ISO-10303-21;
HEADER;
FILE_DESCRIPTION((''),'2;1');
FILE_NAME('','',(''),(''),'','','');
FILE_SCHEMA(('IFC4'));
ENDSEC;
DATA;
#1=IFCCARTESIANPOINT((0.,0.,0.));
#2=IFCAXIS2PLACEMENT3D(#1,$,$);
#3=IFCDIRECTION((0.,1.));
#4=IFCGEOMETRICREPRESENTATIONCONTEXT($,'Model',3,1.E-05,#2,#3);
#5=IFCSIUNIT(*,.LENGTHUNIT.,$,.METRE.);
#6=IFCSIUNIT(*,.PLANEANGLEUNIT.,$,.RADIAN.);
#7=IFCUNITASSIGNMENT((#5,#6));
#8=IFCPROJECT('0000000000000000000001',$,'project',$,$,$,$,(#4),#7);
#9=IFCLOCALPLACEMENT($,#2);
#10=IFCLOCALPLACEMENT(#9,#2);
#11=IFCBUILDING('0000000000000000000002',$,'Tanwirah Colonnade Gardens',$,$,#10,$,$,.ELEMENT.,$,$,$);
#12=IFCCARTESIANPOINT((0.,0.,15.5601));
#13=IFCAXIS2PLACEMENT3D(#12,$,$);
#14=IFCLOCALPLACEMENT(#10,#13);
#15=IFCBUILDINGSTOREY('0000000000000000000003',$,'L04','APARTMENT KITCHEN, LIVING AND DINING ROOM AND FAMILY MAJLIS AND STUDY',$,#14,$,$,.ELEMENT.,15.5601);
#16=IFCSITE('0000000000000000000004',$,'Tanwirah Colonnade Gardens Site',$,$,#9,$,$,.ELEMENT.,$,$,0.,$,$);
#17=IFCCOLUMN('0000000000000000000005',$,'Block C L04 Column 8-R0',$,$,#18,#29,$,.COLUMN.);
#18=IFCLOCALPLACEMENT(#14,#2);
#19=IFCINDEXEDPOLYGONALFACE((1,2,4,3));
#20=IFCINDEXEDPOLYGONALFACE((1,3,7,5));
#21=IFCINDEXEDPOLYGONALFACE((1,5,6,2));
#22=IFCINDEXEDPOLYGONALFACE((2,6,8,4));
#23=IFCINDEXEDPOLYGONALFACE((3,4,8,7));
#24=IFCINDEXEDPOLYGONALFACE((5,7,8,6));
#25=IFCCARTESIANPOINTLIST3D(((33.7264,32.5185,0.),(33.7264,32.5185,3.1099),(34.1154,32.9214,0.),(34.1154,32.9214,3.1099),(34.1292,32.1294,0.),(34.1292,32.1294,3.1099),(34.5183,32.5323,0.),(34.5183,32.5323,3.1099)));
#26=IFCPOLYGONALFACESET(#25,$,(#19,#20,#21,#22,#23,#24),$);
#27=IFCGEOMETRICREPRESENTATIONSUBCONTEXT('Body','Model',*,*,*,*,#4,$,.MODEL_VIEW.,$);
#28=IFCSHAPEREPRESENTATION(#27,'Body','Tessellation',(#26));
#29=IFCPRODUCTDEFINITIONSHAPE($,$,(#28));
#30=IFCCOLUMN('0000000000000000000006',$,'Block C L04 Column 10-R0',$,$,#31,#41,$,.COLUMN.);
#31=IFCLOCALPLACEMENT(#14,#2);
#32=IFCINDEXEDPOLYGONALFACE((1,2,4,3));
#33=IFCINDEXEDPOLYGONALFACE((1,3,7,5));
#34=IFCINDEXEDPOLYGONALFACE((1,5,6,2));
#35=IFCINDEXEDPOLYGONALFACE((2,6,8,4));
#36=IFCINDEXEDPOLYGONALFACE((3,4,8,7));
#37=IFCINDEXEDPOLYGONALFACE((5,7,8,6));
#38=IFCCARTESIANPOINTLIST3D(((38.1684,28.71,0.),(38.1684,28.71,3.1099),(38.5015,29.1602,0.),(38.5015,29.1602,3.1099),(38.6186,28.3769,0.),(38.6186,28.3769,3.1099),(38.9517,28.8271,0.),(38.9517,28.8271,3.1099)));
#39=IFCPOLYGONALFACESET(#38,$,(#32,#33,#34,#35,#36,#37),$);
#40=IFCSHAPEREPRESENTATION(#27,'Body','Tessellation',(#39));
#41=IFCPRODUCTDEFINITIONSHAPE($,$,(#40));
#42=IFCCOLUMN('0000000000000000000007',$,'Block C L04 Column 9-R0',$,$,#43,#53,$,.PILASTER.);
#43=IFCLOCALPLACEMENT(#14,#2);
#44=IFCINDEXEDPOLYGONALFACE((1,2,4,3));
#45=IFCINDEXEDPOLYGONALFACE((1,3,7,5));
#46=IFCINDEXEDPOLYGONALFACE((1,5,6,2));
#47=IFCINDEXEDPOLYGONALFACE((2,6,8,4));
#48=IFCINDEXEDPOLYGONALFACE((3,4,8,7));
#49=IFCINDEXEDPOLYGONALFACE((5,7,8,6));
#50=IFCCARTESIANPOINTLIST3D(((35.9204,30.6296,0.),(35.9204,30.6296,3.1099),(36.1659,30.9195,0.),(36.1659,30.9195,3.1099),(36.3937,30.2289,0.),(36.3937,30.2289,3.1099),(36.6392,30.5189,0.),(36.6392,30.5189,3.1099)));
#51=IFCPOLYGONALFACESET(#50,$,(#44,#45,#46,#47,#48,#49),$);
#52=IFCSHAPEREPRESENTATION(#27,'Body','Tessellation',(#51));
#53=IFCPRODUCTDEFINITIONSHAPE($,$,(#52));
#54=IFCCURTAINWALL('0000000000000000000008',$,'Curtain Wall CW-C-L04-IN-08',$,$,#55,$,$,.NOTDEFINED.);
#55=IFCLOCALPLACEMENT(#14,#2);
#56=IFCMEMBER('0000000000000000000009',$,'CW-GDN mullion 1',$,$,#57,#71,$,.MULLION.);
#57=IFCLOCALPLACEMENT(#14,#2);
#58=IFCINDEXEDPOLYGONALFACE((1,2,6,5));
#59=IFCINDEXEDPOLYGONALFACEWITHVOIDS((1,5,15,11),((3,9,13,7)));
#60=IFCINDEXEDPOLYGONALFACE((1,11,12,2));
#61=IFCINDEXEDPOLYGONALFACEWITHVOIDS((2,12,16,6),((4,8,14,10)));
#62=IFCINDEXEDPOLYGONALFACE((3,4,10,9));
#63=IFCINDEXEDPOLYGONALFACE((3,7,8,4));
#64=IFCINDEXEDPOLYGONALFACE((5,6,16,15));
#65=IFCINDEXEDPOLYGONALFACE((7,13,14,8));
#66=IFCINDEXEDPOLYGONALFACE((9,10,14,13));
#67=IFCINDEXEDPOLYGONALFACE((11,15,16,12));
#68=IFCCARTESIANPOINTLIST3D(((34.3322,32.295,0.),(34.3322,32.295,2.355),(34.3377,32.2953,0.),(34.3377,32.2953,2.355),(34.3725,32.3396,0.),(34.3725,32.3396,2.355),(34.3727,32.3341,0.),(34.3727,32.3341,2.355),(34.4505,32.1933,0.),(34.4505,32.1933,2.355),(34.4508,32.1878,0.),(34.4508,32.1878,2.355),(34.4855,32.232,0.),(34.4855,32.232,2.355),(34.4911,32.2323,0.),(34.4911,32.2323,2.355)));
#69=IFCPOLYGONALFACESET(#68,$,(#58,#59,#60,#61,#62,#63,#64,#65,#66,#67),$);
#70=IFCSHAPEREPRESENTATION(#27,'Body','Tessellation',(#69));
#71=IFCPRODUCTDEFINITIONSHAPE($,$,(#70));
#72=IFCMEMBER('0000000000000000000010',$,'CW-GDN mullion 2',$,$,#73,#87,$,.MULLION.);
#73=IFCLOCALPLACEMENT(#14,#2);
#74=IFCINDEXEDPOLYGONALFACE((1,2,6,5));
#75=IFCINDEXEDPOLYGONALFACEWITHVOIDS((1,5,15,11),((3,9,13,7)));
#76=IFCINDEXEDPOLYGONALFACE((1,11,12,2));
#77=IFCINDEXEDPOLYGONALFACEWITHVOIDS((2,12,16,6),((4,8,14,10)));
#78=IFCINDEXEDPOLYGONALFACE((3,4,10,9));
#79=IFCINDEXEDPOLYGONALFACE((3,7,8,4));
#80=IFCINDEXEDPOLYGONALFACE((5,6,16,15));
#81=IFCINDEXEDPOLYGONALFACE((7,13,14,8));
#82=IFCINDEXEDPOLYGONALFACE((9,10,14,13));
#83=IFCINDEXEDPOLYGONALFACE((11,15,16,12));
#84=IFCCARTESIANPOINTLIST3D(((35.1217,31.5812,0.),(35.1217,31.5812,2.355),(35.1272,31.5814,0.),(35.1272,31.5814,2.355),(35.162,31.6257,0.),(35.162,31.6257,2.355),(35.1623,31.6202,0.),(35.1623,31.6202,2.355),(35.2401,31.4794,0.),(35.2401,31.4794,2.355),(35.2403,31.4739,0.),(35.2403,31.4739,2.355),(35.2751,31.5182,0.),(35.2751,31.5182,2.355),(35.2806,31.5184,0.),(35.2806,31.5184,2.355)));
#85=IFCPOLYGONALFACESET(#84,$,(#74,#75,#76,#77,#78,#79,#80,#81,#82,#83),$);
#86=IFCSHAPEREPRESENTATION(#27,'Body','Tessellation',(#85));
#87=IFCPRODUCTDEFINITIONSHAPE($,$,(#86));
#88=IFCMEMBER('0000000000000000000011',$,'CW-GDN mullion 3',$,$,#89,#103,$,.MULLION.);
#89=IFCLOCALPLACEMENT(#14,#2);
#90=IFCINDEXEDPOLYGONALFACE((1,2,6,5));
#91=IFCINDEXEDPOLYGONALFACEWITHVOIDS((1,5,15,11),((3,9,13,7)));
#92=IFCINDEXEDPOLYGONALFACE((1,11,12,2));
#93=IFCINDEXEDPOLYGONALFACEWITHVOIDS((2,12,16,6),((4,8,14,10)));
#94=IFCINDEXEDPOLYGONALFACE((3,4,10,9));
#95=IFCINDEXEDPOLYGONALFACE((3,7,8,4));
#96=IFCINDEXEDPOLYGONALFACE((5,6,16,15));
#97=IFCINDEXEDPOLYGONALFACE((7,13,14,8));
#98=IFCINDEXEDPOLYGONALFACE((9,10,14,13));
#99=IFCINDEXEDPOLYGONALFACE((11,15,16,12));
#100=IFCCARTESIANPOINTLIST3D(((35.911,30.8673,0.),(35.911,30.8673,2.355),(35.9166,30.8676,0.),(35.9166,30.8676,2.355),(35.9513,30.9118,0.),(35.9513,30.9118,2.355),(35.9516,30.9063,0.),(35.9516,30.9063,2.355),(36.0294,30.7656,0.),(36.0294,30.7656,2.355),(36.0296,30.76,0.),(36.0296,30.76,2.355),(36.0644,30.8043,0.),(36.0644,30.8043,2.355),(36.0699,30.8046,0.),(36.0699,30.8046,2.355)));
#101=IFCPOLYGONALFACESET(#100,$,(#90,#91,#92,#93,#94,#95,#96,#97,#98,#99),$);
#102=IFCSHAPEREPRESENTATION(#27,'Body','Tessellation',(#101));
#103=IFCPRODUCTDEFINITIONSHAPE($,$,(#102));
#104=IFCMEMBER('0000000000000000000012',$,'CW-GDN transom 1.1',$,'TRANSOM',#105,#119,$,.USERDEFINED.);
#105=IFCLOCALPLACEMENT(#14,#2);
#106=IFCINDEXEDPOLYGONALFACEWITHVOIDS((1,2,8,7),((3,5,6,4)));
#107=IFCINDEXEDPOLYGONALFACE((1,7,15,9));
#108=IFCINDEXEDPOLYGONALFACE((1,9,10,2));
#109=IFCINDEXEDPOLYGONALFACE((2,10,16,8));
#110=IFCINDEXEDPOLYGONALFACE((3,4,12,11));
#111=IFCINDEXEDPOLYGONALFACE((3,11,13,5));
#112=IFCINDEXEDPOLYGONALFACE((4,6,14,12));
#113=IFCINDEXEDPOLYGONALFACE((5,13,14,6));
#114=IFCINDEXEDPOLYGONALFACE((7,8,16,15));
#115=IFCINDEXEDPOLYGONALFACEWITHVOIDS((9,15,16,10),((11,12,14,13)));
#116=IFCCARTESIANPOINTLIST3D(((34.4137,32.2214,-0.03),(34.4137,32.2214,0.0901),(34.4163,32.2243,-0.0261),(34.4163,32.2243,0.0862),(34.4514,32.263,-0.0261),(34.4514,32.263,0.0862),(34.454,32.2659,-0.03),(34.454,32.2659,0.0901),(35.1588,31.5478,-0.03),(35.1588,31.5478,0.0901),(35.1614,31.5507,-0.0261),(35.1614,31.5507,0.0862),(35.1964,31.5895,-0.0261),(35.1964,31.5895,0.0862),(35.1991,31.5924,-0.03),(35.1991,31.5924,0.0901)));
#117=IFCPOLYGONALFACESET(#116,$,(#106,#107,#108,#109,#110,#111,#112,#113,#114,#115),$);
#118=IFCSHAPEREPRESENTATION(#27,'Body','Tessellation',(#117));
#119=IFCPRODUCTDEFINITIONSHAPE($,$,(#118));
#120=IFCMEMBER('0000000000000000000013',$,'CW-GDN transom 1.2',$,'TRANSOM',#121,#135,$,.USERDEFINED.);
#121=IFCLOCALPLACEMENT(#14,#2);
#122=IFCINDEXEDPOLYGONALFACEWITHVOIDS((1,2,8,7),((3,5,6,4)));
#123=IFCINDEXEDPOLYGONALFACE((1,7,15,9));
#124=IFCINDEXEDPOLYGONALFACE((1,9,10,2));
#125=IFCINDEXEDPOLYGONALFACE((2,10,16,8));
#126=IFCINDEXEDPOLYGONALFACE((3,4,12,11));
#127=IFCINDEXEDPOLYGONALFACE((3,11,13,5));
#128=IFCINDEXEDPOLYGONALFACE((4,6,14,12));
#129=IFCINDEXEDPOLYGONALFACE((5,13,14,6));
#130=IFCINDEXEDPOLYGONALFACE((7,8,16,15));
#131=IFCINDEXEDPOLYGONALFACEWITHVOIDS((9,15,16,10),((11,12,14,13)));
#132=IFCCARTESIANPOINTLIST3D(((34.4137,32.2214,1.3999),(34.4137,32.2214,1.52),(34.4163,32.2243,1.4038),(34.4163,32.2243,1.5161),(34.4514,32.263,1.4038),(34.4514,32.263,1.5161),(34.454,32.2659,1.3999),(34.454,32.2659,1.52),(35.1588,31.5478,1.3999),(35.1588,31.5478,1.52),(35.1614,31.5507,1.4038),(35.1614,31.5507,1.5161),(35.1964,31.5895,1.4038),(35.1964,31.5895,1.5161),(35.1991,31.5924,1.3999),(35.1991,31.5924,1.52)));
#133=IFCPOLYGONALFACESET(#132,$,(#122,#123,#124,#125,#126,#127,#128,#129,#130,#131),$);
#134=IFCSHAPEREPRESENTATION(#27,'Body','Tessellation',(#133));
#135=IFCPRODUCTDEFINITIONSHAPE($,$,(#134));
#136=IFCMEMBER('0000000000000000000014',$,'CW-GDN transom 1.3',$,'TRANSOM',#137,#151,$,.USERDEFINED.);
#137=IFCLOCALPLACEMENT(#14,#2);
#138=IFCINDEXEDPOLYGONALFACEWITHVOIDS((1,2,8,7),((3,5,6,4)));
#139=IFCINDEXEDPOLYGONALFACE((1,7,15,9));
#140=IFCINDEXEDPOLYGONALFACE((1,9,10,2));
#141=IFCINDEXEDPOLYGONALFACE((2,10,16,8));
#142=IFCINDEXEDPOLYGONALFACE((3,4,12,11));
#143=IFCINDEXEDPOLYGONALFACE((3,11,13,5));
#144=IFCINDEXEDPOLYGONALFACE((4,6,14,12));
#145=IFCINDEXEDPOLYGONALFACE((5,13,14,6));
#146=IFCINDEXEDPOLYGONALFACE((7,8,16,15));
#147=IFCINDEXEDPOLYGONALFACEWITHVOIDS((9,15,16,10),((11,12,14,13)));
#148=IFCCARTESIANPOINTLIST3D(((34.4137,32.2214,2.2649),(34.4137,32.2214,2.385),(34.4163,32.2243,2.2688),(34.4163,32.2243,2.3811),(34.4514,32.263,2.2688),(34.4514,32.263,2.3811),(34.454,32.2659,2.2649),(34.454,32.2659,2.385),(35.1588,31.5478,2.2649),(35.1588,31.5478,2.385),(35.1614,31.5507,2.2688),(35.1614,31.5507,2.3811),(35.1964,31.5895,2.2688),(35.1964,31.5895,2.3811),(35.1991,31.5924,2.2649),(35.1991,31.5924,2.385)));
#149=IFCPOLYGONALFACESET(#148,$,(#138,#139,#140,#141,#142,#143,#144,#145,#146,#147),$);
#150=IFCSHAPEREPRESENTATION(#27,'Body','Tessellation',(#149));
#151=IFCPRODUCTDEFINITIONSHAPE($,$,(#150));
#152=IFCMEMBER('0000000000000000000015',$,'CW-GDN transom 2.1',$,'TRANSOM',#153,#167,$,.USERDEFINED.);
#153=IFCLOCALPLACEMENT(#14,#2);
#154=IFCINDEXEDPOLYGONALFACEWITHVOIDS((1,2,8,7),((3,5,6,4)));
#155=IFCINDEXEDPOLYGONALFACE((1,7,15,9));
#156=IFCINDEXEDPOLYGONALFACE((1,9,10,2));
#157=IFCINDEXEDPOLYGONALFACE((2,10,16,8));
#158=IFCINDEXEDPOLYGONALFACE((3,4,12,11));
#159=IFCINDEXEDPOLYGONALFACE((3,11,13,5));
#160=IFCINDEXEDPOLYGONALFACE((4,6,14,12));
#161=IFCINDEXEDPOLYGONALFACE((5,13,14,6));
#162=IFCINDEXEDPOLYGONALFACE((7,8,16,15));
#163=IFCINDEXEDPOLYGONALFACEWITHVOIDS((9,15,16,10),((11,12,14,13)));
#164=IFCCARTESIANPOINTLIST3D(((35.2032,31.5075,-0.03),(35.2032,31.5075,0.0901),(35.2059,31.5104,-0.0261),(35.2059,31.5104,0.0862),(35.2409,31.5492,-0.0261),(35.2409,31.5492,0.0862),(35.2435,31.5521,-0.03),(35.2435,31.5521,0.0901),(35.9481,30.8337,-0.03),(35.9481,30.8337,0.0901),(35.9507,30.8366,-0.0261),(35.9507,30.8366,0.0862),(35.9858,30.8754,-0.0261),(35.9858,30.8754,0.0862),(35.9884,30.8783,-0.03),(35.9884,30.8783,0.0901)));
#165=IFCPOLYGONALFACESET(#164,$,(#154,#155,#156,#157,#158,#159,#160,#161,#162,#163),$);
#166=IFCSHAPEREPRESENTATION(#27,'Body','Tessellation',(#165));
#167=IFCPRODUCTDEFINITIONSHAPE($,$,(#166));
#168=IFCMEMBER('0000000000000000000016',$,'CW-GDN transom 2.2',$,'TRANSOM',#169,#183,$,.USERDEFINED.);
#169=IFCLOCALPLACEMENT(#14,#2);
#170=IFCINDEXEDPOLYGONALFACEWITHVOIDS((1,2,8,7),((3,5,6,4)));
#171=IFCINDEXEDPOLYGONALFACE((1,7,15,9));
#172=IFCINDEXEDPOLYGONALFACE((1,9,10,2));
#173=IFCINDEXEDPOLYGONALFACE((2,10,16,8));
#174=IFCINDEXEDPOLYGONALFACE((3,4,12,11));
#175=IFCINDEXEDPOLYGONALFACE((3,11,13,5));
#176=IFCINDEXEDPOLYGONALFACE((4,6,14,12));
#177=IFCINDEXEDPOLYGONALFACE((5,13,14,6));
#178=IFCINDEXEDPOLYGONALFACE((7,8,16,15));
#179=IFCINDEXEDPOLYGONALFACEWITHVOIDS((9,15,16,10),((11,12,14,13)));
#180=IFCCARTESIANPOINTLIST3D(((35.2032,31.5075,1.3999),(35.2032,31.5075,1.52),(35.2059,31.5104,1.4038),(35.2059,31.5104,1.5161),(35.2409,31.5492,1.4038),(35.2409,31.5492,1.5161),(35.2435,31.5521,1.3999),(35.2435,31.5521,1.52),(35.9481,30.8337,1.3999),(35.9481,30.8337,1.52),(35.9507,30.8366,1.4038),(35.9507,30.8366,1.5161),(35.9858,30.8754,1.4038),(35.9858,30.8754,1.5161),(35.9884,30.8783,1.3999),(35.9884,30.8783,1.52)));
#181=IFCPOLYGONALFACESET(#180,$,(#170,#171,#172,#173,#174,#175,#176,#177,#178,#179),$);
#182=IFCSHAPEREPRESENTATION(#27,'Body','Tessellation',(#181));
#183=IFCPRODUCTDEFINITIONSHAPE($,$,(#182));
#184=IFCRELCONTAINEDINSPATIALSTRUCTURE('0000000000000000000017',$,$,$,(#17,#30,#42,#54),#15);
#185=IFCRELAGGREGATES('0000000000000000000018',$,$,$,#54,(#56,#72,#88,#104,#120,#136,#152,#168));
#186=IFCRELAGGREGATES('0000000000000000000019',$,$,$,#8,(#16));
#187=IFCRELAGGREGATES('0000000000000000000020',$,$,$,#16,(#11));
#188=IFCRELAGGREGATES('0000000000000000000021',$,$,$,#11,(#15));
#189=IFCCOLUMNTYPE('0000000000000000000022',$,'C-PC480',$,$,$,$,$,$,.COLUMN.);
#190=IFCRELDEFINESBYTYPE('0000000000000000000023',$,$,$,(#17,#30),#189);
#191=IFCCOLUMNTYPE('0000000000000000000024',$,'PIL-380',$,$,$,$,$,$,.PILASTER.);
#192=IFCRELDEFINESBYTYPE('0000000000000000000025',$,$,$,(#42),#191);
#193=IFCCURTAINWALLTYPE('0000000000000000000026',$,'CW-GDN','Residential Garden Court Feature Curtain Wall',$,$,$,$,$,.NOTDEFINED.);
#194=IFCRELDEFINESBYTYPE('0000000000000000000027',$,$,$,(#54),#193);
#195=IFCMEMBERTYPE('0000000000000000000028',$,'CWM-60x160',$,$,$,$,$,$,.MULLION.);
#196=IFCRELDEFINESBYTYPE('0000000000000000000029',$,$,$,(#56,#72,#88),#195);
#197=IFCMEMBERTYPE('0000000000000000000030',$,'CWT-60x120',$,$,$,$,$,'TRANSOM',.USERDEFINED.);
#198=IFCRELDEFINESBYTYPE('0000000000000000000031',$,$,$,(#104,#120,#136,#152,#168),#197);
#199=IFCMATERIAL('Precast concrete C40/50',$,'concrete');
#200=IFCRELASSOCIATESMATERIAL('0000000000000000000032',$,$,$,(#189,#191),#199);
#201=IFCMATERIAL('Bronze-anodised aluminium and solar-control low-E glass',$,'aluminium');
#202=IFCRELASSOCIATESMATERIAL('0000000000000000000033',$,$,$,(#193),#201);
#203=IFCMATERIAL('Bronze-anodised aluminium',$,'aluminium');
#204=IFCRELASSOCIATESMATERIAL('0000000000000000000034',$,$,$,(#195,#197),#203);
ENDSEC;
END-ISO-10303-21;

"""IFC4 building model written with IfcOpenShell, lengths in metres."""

from ifc_helpers import new_model, si_unit, direction, frame, origin, origin_2d, place, context, subcontext, project, spatial, rectangle, hollow_rectangle, extrude, material, material_profile, profile_set, type_object, element, aggregate, save


model = new_model("IFC4")

# Units and contexts
model_context = context("Model", 3, precision=1e-05, world=origin(), true_north=direction((0.0, 1.0)))
body_context = subcontext(model_context, "Body", "Model", "MODEL_VIEW")
ifc_project = project(units=[si_unit("LENGTHUNIT", "METRE"), si_unit("PLANEANGLEUNIT", "RADIAN")], contexts=[model_context])

# Site, building, storey
site_placement = place(None, origin())
site = spatial("IfcSite", under=ifc_project, at=site_placement, Name="Tanwirah Colonnade Gardens Site", CompositionType="ELEMENT", RefElevation=0.0)
building_placement = place(site_placement, origin())
building = spatial("IfcBuilding", under=site, at=building_placement, Name="Tanwirah Colonnade Gardens", CompositionType="ELEMENT")
storey_placement = place(building_placement, frame((0.0, 0.0, 15.5601)))
storey = spatial("IfcBuildingStorey", under=building, at=storey_placement, Name="L04", Description="APARTMENT KITCHEN, LIVING AND DINING ROOM AND FAMILY MAJLIS AND STUDY", CompositionType="ELEMENT", Elevation=15.5601)

# Columns
ifc_material_1 = material(Name="Precast concrete C40/50", Category="concrete")
ifc_material_profile_1 = material_profile(ifc_material_1, rectangle(XDim=0.5601, YDim=0.5601, at=origin_2d()), Name="PC-COL 560x560")
ifc_profile_set_1 = profile_set([ifc_material_profile_1], Name="Precast concrete C40/50")
column_type_1 = type_object("IfcColumnType", Name="C-PC480", PredefinedType="COLUMN", material=ifc_profile_set_1)
for number, where, z_axis, x_axis, name in (
    (1, (34.1223, 32.5254, 0.0), (0.0, 0.0, 1.0), (-0.694658, -0.71934, 0.0), "Block C L04 Column 8-R0"),
    (2, (38.5601, 28.7686, 0.0), (0.0, 0.0, 1.0), (-0.594823, -0.803857, 0.0), "Block C L04 Column 10-R0"),
):
    element("IfcColumn", number, at=place(storey_placement, frame(where, z_axis=z_axis, x_axis=x_axis)), inside=storey, type_object=column_type_1, Name=name, PredefinedType="COLUMN", context=body_context, shape_type="SweptSolid", body=[
        extrude(rectangle(XDim=0.5601, YDim=0.5601, at=origin_2d()), origin(), (0.0, 0.0, 1.0), 3.1099),
    ])
ifc_material_profile_2 = material_profile(ifc_material_1, rectangle(XDim=0.3799, YDim=0.6201, at=origin_2d()), Name="PC-PIL 380x620")
ifc_profile_set_2 = profile_set([ifc_material_profile_2], Name="Precast concrete C40/50")
column_type_2 = type_object("IfcColumnType", Name="PIL-380", PredefinedType="PILASTER", material=ifc_profile_set_2)
column_placement = place(storey_placement, frame((36.2798, 30.5742, 0.0), z_axis=(0.0, 0.0, 1.0), x_axis=(-0.646124, -0.763232, 0.0)))
element("IfcColumn", 3, at=column_placement, inside=storey, type_object=column_type_2, Name="Block C L04 Column 9-R0", PredefinedType="PILASTER", context=body_context, shape_type="SweptSolid", body=[
    extrude(rectangle(XDim=0.3799, YDim=0.6201, at=origin_2d()), origin(), (0.0, 0.0, 1.0), 3.1099),
])

# Curtain wall, members
ifc_material_2 = material(Name="Bronze-anodised aluminium and solar-control low-E glass", Category="aluminium")
curtain_wall_type = type_object("IfcCurtainWallType", Name="CW-GDN", Description="Residential Garden Court Feature Curtain Wall", PredefinedType="NOTDEFINED", material=ifc_material_2)
curtain_wall_placement = place(storey_placement, origin())
curtain_wall = element("IfcCurtainWall", 4, at=curtain_wall_placement, inside=storey, type_object=curtain_wall_type, Name="Curtain Wall CW-C-L04-IN-08", PredefinedType="NOTDEFINED")
ifc_material_3 = material(Name="Bronze-anodised aluminium", Category="aluminium")
ifc_material_profile_3 = material_profile(ifc_material_3, hollow_rectangle(XDim=0.0601, YDim=0.1599, WallThickness=0.0039, at=origin_2d()), Name="CW-MUL 60x160x4")
ifc_profile_set_3 = profile_set([ifc_material_profile_3], Name="Bronze-anodised aluminium")
member_type_1 = type_object("IfcMemberType", Name="CWM-60x160", PredefinedType="MULLION", material=ifc_profile_set_3)
member_1_placement = place(storey_placement, frame((34.4116, 32.2637, 0.0), z_axis=(0.0, 0.0, 1.0), x_axis=(0.670751, 0.741683, 0.0)))
member_1 = element("IfcMember", 5, at=member_1_placement, type_object=member_type_1, Name="CW-GDN mullion 1", PredefinedType="MULLION", context=body_context, shape_type="SweptSolid", body=[
    extrude(hollow_rectangle(XDim=0.0601, YDim=0.1599, WallThickness=0.0039, at=origin_2d()), origin(), (0.0, 0.0, 1.0), 2.355),
])
member_2_placement = place(storey_placement, frame((35.2012, 31.5498, 0.0), z_axis=(0.0, 0.0, 1.0), x_axis=(0.670751, 0.741683, 0.0)))
member_2 = element("IfcMember", 6, at=member_2_placement, type_object=member_type_1, Name="CW-GDN mullion 2", PredefinedType="MULLION", context=body_context, shape_type="SweptSolid", body=[
    extrude(hollow_rectangle(XDim=0.0601, YDim=0.1599, WallThickness=0.0039, at=origin_2d()), origin(), (0.0, 0.0, 1.0), 2.355),
])
member_3_placement = place(storey_placement, frame((35.9905, 30.8359, 0.0), z_axis=(0.0, 0.0, 1.0), x_axis=(0.670751, 0.741683, 0.0)))
member_3 = element("IfcMember", 7, at=member_3_placement, type_object=member_type_1, Name="CW-GDN mullion 3", PredefinedType="MULLION", context=body_context, shape_type="SweptSolid", body=[
    extrude(hollow_rectangle(XDim=0.0601, YDim=0.1599, WallThickness=0.0039, at=origin_2d()), origin(), (0.0, 0.0, 1.0), 2.355),
])
ifc_material_profile_4 = material_profile(ifc_material_3, hollow_rectangle(XDim=0.0601, YDim=0.1201, WallThickness=0.0039, at=origin_2d()), Name="CW-TRN 60x120x4")
ifc_profile_set_4 = profile_set([ifc_material_profile_4], Name="Bronze-anodised aluminium")
member_type_2 = type_object("IfcMemberType", Name="CWT-60x120", ElementType="TRANSOM", PredefinedType="USERDEFINED", material=ifc_profile_set_4)
member_4_placement = place(storey_placement, frame((34.4338, 32.2437, 0.03), z_axis=(0.741818, -0.670601, 0.0), x_axis=(0.670601, 0.741818, 0.0)))
member_4 = element("IfcMember", 8, at=member_4_placement, type_object=member_type_2, Name="CW-GDN transom 1.1", ObjectType="TRANSOM", PredefinedType="USERDEFINED", context=body_context, shape_type="SweptSolid", body=[
    extrude(hollow_rectangle(XDim=0.0601, YDim=0.1201, WallThickness=0.0039, at=origin_2d()), origin(), (0.0, 0.0, 1.0), 1.0044),
])
member_5_placement = place(storey_placement, frame((34.4338, 32.2437, 1.46), z_axis=(0.741818, -0.670601, 0.0), x_axis=(0.670601, 0.741818, 0.0)))
member_5 = element("IfcMember", 9, at=member_5_placement, type_object=member_type_2, Name="CW-GDN transom 1.2", ObjectType="TRANSOM", PredefinedType="USERDEFINED", context=body_context, shape_type="SweptSolid", body=[
    extrude(hollow_rectangle(XDim=0.0601, YDim=0.1201, WallThickness=0.0039, at=origin_2d()), origin(), (0.0, 0.0, 1.0), 1.0044),
])
member_6_placement = place(storey_placement, frame((34.4338, 32.2437, 2.325), z_axis=(0.741818, -0.670601, 0.0), x_axis=(0.670601, 0.741818, 0.0)))
member_6 = element("IfcMember", 10, at=member_6_placement, type_object=member_type_2, Name="CW-GDN transom 1.3", ObjectType="TRANSOM", PredefinedType="USERDEFINED", context=body_context, shape_type="SweptSolid", body=[
    extrude(hollow_rectangle(XDim=0.0601, YDim=0.1201, WallThickness=0.0039, at=origin_2d()), origin(), (0.0, 0.0, 1.0), 1.0044),
])
member_7_placement = place(storey_placement, frame((35.2234, 31.5298, 0.03), z_axis=(0.741588, -0.670856, 0.0), x_axis=(0.670856, 0.741588, 0.0)))
member_7 = element("IfcMember", 11, at=member_7_placement, type_object=member_type_2, Name="CW-GDN transom 2.1", ObjectType="TRANSOM", PredefinedType="USERDEFINED", context=body_context, shape_type="SweptSolid", body=[
    extrude(hollow_rectangle(XDim=0.0601, YDim=0.1201, WallThickness=0.0039, at=origin_2d()), origin(), (0.0, 0.0, 1.0), 1.0044),
])
member_8_placement = place(storey_placement, frame((35.2234, 31.5298, 1.46), z_axis=(0.741588, -0.670856, 0.0), x_axis=(0.670856, 0.741588, 0.0)))
member_8 = element("IfcMember", 12, at=member_8_placement, type_object=member_type_2, Name="CW-GDN transom 2.2", ObjectType="TRANSOM", PredefinedType="USERDEFINED", context=body_context, shape_type="SweptSolid", body=[
    extrude(hollow_rectangle(XDim=0.0601, YDim=0.1201, WallThickness=0.0039, at=origin_2d()), origin(), (0.0, 0.0, 1.0), 1.0044),
])

aggregate(curtain_wall, [member_1, member_2, member_3, member_4, member_5, member_6, member_7, member_8])

save(model, "model.ifc")
